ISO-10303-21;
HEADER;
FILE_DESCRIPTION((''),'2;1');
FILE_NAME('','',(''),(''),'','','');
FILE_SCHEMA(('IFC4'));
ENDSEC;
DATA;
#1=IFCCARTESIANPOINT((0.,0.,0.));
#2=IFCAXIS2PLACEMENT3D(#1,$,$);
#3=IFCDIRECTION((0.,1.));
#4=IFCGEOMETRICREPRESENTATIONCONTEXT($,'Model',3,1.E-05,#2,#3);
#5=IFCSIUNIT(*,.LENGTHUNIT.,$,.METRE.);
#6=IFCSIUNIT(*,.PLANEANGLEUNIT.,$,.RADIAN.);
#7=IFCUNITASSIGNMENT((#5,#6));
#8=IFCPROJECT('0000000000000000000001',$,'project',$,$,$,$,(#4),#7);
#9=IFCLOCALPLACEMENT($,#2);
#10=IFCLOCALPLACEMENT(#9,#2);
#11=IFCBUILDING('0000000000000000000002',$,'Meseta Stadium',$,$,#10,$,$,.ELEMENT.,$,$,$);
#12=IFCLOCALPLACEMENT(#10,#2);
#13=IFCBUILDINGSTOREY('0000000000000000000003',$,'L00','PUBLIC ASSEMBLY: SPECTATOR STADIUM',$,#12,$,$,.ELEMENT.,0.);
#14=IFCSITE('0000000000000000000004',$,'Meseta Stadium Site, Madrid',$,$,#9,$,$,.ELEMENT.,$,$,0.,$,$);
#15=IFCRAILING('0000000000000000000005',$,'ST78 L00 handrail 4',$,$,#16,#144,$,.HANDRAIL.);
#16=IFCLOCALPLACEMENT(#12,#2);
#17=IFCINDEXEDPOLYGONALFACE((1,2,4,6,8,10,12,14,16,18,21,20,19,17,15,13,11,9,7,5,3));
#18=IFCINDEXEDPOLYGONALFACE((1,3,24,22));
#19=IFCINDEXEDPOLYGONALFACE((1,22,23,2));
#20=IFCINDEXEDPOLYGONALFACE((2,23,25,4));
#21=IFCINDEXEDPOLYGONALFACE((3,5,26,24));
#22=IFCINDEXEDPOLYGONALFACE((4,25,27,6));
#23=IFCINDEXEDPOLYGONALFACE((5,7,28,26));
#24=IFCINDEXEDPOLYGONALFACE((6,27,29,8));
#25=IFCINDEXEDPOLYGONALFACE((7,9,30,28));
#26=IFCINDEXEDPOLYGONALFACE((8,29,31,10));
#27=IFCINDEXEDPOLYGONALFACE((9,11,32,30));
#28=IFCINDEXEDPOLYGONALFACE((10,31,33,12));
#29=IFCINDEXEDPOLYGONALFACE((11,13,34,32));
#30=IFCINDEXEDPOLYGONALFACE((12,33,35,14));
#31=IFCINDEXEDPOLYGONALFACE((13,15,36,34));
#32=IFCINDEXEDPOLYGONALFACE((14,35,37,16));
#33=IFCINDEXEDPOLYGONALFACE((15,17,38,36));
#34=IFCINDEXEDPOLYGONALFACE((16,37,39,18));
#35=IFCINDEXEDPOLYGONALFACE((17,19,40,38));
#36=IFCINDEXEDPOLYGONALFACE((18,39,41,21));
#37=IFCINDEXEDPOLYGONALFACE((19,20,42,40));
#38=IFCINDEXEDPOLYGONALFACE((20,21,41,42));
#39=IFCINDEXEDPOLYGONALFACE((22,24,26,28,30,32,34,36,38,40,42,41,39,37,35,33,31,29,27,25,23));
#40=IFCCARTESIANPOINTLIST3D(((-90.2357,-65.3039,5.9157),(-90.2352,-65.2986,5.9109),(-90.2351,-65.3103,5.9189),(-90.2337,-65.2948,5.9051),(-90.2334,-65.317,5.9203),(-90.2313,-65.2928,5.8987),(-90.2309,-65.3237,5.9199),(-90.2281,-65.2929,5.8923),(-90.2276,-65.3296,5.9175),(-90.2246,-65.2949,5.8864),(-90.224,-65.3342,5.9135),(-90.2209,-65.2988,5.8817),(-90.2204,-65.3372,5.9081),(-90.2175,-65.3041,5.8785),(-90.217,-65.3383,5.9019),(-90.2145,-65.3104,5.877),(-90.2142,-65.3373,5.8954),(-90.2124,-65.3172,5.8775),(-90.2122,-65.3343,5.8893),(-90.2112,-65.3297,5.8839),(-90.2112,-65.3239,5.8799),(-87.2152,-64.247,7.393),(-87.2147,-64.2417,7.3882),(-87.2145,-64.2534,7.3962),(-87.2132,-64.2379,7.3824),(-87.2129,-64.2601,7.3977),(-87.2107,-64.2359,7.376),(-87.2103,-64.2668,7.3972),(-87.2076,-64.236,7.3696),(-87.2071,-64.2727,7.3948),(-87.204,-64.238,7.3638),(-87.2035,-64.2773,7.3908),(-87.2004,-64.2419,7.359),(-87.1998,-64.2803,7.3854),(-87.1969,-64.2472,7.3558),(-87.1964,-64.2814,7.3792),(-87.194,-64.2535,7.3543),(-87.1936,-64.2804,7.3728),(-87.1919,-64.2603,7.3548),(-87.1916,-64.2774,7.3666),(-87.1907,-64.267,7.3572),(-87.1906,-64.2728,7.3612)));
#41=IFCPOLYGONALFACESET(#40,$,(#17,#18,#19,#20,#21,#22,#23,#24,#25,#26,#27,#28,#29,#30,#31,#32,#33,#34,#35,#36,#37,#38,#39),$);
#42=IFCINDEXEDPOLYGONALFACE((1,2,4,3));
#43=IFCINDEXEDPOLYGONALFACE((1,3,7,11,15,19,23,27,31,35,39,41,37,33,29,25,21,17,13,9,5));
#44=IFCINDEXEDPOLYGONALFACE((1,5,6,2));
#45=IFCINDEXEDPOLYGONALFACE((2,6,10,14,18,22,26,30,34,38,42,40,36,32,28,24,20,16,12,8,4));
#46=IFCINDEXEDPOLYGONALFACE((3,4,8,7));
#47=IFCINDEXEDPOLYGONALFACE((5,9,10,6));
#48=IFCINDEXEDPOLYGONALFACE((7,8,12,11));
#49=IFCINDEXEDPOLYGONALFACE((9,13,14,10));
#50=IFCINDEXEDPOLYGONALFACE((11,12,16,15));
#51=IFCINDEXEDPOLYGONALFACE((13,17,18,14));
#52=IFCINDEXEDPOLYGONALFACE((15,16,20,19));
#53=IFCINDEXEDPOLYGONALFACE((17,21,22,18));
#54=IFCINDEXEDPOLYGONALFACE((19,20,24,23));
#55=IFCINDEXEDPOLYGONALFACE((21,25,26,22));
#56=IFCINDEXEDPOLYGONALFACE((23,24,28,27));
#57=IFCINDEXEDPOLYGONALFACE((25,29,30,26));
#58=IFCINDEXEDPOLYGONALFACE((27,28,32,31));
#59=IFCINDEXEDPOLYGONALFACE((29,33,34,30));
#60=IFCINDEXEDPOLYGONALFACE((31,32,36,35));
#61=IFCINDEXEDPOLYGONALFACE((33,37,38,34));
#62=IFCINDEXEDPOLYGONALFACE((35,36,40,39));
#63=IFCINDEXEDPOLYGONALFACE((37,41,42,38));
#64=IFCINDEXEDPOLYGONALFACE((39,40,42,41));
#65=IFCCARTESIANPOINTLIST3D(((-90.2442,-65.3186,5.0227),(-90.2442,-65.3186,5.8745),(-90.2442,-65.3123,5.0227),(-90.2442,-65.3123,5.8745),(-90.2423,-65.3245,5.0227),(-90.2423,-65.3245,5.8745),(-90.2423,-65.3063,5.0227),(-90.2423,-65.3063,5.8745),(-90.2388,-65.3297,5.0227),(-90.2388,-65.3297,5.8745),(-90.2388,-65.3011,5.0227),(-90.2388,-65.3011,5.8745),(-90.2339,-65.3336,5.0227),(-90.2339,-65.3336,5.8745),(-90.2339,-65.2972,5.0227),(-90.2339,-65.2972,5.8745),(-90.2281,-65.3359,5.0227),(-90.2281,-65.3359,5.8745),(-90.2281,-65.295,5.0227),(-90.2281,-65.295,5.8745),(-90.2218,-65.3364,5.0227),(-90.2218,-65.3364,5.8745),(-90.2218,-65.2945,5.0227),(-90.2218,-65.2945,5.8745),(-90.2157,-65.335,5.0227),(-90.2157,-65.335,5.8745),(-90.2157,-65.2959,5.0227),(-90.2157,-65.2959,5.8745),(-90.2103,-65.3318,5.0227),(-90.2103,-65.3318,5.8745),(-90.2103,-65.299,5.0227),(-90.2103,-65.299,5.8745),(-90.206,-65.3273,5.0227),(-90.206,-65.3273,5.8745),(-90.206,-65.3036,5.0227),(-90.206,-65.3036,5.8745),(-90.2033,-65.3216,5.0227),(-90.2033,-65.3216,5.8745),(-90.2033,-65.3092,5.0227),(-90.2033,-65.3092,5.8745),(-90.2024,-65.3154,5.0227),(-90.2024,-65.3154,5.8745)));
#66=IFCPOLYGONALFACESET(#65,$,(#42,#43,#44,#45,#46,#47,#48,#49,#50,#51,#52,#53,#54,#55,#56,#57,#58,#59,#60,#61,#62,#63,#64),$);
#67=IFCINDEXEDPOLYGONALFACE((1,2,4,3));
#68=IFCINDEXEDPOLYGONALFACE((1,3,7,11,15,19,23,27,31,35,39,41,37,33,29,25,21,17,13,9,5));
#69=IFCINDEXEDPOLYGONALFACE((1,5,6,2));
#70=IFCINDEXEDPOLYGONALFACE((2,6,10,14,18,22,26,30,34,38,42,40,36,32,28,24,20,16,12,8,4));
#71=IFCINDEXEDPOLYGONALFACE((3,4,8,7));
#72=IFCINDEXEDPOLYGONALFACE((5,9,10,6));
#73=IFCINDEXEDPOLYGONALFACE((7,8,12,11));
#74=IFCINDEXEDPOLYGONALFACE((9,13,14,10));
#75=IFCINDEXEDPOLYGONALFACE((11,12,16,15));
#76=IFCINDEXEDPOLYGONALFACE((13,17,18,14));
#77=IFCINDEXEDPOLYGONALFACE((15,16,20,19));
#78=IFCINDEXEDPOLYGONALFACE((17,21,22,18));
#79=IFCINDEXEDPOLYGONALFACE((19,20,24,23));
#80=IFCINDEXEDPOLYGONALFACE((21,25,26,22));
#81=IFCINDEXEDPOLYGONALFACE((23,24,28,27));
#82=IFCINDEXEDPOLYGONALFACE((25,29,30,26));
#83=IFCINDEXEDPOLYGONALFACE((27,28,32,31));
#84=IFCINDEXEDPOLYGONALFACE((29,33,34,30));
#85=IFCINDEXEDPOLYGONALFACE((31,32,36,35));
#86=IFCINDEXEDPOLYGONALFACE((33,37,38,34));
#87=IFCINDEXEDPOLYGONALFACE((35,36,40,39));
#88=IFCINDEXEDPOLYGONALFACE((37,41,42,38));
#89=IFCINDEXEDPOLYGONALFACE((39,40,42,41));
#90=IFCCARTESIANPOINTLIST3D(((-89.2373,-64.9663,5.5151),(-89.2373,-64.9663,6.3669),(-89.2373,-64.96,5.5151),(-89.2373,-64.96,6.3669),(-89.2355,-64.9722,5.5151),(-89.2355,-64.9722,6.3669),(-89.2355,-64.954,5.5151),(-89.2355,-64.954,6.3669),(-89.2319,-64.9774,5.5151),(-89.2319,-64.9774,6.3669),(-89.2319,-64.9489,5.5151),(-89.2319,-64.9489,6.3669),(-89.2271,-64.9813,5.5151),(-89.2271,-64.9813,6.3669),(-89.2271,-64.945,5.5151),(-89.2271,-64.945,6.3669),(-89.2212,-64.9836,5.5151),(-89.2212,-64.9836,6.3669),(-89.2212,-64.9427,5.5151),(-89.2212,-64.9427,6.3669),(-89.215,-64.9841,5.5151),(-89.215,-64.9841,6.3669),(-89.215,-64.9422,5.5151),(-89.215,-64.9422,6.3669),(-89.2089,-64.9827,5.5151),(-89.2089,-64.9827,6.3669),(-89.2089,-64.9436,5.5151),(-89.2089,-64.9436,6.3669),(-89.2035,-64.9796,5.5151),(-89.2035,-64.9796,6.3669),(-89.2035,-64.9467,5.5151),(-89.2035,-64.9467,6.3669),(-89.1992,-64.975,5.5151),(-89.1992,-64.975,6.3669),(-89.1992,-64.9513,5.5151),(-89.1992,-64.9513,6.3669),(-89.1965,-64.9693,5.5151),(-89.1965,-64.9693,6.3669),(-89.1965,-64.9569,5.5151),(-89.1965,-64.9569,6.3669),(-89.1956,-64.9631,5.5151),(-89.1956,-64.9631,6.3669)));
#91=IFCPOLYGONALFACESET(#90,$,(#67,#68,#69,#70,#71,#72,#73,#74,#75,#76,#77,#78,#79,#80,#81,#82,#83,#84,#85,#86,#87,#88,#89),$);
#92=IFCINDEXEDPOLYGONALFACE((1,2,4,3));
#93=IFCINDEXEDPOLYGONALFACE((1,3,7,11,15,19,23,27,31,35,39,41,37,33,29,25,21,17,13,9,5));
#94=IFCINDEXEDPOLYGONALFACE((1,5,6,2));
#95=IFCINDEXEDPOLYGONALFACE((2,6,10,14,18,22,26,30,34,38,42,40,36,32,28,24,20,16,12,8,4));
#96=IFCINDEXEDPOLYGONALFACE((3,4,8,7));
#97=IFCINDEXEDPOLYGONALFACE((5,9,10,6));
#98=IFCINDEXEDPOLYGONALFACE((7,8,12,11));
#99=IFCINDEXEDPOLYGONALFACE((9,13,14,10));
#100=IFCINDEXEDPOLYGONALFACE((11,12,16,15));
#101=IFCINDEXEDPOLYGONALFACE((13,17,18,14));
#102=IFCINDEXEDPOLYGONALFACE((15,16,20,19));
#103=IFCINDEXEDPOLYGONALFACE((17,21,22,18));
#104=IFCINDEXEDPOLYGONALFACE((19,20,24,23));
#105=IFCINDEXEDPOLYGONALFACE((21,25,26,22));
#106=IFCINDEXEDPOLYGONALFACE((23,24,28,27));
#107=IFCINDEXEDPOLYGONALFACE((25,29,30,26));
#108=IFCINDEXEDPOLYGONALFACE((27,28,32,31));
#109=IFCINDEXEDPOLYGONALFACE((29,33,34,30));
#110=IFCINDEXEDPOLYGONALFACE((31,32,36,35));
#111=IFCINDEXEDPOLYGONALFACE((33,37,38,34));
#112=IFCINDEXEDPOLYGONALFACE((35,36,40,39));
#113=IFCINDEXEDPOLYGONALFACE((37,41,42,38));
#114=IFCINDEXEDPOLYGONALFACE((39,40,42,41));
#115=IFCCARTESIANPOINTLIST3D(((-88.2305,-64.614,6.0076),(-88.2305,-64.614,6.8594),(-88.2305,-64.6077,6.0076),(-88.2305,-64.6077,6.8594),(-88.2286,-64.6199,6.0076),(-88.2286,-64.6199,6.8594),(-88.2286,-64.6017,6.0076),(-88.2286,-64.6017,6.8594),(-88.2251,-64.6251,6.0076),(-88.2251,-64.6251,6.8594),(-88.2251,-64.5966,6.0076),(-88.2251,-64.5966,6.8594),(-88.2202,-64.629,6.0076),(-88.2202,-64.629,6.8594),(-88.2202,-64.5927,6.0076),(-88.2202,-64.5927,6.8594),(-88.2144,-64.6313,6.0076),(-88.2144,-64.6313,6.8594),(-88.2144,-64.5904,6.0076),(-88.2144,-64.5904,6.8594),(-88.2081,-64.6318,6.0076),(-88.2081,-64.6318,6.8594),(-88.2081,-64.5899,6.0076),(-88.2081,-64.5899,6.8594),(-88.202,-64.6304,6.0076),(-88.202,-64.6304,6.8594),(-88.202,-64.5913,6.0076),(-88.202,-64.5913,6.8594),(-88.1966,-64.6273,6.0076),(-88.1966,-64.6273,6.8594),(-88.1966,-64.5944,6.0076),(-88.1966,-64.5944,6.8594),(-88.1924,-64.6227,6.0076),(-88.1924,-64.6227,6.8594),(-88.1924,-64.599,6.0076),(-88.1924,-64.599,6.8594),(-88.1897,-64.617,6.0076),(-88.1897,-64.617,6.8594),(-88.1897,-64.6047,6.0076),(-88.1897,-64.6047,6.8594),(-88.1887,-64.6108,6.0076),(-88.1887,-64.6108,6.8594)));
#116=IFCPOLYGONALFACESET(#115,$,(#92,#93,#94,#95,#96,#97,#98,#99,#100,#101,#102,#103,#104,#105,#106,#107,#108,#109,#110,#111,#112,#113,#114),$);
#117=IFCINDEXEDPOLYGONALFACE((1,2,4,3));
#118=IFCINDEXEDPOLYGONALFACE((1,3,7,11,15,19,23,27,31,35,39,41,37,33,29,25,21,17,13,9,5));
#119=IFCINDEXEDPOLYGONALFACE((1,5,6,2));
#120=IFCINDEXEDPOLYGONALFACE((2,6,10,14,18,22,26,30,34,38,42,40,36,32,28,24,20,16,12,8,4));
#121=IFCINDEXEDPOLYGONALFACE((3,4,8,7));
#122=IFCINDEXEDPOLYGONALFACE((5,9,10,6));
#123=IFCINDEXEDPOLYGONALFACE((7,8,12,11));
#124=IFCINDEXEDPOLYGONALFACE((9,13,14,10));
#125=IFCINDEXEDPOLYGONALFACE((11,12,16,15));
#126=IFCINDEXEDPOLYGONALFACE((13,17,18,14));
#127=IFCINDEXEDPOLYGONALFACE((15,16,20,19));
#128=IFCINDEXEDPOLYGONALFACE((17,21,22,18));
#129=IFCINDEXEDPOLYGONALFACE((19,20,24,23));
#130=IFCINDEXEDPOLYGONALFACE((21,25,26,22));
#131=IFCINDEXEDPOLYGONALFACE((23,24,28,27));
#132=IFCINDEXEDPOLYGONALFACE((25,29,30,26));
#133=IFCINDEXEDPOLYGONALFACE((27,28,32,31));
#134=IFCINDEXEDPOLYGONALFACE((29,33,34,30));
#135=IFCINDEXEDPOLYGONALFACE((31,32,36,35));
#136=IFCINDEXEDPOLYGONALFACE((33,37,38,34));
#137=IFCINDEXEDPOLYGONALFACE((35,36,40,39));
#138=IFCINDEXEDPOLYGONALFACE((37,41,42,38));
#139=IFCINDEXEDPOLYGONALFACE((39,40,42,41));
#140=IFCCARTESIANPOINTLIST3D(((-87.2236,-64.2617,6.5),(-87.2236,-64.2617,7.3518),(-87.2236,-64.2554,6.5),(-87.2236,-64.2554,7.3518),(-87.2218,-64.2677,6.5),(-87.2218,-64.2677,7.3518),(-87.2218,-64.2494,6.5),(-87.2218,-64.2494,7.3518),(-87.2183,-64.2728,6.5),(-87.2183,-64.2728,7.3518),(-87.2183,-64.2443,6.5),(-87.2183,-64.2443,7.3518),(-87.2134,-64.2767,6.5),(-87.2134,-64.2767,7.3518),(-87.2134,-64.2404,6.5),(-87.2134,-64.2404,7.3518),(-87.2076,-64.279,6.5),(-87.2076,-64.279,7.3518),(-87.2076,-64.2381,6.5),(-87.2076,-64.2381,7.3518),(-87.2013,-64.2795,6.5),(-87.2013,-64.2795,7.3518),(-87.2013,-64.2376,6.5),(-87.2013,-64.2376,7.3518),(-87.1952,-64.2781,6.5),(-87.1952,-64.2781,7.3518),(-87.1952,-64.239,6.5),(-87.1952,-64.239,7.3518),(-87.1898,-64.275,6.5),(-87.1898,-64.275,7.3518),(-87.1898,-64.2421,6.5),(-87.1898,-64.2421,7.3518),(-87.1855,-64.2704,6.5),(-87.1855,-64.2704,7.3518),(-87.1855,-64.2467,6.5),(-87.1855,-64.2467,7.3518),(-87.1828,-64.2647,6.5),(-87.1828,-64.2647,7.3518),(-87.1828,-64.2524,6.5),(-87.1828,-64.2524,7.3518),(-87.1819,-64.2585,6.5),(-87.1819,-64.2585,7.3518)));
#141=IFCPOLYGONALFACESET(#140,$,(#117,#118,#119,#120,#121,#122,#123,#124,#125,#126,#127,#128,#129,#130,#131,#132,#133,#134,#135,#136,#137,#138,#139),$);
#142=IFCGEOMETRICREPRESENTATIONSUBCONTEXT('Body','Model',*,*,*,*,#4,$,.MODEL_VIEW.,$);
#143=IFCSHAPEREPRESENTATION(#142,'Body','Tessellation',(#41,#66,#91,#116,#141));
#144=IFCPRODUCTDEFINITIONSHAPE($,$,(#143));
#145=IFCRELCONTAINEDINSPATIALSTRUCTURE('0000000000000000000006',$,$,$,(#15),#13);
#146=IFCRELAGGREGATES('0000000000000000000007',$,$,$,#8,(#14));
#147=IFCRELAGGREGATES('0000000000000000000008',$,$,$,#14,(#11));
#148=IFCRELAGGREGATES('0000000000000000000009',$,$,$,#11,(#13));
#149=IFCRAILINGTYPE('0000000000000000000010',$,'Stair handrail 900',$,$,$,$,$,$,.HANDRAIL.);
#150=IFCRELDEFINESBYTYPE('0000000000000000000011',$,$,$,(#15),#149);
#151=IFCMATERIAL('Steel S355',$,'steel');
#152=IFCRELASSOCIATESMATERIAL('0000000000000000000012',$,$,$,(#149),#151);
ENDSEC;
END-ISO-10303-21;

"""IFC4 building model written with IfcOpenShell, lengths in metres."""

from ifc_helpers import new_model, si_unit, direction, frame, origin, origin_2d, place, context, subcontext, project, spatial, circle, extrude, material, type_object, element, save


model = new_model("IFC4")

# Units and contexts
model_context = context("Model", 3, precision=1e-05, world=origin(), true_north=direction((0.0, 1.0)))
body_context = subcontext(model_context, "Body", "Model", "MODEL_VIEW")
ifc_project = project(units=[si_unit("LENGTHUNIT", "METRE"), si_unit("PLANEANGLEUNIT", "RADIAN")], contexts=[model_context])

# Site, building, storey
site_placement = place(None, origin())
site = spatial("IfcSite", under=ifc_project, at=site_placement, Name="Meseta Stadium Site, Madrid", CompositionType="ELEMENT", RefElevation=0.0)
building_placement = place(site_placement, origin())
building = spatial("IfcBuilding", under=site, at=building_placement, Name="Meseta Stadium", CompositionType="ELEMENT")
storey_placement = place(building_placement, origin())
storey = spatial("IfcBuildingStorey", under=building, at=storey_placement, Name="L00", Description="PUBLIC ASSEMBLY: SPECTATOR STADIUM", CompositionType="ELEMENT", Elevation=0.0)

# Railing
ifc_material_1 = material(Name="Steel S355", Category="steel")
railing_type_1 = type_object("IfcRailingType", Name="Stair handrail 900", PredefinedType="HANDRAIL", material=ifc_material_1)
for number, where, name in (
    (1, (-90.2234, -65.3154, 5.0227), "ST78 L00 handrail 4"),
):
    element("IfcRailing", number, at=place(storey_placement, frame(where)), inside=storey, type_object=railing_type_1, Name=name, PredefinedType="HANDRAIL", context=body_context, shape_type="SweptSolid", body=[
        extrude(circle(Radius=0.0239, at=origin_2d()), frame((0.0, 0.0, 0.876), z_axis=(0.856977, 0.299859, 0.419137), x_axis=(-0.330269, 0.943887, 0.0)), (0.0, 0.0, 1.0), 3.5247),
        extrude(circle(Radius=0.021, at=origin_2d()), origin(), (0.0, 0.0, 1.0), 0.8518),
        extrude(circle(Radius=0.021, at=origin_2d()), frame((1.0068, 0.3523, 0.4924)), (0.0, 0.0, 1.0), 0.8518),
        extrude(circle(Radius=0.021, at=origin_2d()), frame((2.0137, 0.7046, 0.9849)), (0.0, 0.0, 1.0), 0.8518),
        extrude(circle(Radius=0.021, at=origin_2d()), frame((3.0205, 1.0569, 1.4773)), (0.0, 0.0, 1.0), 0.8518),
    ])

save(model, "model.ifc")
